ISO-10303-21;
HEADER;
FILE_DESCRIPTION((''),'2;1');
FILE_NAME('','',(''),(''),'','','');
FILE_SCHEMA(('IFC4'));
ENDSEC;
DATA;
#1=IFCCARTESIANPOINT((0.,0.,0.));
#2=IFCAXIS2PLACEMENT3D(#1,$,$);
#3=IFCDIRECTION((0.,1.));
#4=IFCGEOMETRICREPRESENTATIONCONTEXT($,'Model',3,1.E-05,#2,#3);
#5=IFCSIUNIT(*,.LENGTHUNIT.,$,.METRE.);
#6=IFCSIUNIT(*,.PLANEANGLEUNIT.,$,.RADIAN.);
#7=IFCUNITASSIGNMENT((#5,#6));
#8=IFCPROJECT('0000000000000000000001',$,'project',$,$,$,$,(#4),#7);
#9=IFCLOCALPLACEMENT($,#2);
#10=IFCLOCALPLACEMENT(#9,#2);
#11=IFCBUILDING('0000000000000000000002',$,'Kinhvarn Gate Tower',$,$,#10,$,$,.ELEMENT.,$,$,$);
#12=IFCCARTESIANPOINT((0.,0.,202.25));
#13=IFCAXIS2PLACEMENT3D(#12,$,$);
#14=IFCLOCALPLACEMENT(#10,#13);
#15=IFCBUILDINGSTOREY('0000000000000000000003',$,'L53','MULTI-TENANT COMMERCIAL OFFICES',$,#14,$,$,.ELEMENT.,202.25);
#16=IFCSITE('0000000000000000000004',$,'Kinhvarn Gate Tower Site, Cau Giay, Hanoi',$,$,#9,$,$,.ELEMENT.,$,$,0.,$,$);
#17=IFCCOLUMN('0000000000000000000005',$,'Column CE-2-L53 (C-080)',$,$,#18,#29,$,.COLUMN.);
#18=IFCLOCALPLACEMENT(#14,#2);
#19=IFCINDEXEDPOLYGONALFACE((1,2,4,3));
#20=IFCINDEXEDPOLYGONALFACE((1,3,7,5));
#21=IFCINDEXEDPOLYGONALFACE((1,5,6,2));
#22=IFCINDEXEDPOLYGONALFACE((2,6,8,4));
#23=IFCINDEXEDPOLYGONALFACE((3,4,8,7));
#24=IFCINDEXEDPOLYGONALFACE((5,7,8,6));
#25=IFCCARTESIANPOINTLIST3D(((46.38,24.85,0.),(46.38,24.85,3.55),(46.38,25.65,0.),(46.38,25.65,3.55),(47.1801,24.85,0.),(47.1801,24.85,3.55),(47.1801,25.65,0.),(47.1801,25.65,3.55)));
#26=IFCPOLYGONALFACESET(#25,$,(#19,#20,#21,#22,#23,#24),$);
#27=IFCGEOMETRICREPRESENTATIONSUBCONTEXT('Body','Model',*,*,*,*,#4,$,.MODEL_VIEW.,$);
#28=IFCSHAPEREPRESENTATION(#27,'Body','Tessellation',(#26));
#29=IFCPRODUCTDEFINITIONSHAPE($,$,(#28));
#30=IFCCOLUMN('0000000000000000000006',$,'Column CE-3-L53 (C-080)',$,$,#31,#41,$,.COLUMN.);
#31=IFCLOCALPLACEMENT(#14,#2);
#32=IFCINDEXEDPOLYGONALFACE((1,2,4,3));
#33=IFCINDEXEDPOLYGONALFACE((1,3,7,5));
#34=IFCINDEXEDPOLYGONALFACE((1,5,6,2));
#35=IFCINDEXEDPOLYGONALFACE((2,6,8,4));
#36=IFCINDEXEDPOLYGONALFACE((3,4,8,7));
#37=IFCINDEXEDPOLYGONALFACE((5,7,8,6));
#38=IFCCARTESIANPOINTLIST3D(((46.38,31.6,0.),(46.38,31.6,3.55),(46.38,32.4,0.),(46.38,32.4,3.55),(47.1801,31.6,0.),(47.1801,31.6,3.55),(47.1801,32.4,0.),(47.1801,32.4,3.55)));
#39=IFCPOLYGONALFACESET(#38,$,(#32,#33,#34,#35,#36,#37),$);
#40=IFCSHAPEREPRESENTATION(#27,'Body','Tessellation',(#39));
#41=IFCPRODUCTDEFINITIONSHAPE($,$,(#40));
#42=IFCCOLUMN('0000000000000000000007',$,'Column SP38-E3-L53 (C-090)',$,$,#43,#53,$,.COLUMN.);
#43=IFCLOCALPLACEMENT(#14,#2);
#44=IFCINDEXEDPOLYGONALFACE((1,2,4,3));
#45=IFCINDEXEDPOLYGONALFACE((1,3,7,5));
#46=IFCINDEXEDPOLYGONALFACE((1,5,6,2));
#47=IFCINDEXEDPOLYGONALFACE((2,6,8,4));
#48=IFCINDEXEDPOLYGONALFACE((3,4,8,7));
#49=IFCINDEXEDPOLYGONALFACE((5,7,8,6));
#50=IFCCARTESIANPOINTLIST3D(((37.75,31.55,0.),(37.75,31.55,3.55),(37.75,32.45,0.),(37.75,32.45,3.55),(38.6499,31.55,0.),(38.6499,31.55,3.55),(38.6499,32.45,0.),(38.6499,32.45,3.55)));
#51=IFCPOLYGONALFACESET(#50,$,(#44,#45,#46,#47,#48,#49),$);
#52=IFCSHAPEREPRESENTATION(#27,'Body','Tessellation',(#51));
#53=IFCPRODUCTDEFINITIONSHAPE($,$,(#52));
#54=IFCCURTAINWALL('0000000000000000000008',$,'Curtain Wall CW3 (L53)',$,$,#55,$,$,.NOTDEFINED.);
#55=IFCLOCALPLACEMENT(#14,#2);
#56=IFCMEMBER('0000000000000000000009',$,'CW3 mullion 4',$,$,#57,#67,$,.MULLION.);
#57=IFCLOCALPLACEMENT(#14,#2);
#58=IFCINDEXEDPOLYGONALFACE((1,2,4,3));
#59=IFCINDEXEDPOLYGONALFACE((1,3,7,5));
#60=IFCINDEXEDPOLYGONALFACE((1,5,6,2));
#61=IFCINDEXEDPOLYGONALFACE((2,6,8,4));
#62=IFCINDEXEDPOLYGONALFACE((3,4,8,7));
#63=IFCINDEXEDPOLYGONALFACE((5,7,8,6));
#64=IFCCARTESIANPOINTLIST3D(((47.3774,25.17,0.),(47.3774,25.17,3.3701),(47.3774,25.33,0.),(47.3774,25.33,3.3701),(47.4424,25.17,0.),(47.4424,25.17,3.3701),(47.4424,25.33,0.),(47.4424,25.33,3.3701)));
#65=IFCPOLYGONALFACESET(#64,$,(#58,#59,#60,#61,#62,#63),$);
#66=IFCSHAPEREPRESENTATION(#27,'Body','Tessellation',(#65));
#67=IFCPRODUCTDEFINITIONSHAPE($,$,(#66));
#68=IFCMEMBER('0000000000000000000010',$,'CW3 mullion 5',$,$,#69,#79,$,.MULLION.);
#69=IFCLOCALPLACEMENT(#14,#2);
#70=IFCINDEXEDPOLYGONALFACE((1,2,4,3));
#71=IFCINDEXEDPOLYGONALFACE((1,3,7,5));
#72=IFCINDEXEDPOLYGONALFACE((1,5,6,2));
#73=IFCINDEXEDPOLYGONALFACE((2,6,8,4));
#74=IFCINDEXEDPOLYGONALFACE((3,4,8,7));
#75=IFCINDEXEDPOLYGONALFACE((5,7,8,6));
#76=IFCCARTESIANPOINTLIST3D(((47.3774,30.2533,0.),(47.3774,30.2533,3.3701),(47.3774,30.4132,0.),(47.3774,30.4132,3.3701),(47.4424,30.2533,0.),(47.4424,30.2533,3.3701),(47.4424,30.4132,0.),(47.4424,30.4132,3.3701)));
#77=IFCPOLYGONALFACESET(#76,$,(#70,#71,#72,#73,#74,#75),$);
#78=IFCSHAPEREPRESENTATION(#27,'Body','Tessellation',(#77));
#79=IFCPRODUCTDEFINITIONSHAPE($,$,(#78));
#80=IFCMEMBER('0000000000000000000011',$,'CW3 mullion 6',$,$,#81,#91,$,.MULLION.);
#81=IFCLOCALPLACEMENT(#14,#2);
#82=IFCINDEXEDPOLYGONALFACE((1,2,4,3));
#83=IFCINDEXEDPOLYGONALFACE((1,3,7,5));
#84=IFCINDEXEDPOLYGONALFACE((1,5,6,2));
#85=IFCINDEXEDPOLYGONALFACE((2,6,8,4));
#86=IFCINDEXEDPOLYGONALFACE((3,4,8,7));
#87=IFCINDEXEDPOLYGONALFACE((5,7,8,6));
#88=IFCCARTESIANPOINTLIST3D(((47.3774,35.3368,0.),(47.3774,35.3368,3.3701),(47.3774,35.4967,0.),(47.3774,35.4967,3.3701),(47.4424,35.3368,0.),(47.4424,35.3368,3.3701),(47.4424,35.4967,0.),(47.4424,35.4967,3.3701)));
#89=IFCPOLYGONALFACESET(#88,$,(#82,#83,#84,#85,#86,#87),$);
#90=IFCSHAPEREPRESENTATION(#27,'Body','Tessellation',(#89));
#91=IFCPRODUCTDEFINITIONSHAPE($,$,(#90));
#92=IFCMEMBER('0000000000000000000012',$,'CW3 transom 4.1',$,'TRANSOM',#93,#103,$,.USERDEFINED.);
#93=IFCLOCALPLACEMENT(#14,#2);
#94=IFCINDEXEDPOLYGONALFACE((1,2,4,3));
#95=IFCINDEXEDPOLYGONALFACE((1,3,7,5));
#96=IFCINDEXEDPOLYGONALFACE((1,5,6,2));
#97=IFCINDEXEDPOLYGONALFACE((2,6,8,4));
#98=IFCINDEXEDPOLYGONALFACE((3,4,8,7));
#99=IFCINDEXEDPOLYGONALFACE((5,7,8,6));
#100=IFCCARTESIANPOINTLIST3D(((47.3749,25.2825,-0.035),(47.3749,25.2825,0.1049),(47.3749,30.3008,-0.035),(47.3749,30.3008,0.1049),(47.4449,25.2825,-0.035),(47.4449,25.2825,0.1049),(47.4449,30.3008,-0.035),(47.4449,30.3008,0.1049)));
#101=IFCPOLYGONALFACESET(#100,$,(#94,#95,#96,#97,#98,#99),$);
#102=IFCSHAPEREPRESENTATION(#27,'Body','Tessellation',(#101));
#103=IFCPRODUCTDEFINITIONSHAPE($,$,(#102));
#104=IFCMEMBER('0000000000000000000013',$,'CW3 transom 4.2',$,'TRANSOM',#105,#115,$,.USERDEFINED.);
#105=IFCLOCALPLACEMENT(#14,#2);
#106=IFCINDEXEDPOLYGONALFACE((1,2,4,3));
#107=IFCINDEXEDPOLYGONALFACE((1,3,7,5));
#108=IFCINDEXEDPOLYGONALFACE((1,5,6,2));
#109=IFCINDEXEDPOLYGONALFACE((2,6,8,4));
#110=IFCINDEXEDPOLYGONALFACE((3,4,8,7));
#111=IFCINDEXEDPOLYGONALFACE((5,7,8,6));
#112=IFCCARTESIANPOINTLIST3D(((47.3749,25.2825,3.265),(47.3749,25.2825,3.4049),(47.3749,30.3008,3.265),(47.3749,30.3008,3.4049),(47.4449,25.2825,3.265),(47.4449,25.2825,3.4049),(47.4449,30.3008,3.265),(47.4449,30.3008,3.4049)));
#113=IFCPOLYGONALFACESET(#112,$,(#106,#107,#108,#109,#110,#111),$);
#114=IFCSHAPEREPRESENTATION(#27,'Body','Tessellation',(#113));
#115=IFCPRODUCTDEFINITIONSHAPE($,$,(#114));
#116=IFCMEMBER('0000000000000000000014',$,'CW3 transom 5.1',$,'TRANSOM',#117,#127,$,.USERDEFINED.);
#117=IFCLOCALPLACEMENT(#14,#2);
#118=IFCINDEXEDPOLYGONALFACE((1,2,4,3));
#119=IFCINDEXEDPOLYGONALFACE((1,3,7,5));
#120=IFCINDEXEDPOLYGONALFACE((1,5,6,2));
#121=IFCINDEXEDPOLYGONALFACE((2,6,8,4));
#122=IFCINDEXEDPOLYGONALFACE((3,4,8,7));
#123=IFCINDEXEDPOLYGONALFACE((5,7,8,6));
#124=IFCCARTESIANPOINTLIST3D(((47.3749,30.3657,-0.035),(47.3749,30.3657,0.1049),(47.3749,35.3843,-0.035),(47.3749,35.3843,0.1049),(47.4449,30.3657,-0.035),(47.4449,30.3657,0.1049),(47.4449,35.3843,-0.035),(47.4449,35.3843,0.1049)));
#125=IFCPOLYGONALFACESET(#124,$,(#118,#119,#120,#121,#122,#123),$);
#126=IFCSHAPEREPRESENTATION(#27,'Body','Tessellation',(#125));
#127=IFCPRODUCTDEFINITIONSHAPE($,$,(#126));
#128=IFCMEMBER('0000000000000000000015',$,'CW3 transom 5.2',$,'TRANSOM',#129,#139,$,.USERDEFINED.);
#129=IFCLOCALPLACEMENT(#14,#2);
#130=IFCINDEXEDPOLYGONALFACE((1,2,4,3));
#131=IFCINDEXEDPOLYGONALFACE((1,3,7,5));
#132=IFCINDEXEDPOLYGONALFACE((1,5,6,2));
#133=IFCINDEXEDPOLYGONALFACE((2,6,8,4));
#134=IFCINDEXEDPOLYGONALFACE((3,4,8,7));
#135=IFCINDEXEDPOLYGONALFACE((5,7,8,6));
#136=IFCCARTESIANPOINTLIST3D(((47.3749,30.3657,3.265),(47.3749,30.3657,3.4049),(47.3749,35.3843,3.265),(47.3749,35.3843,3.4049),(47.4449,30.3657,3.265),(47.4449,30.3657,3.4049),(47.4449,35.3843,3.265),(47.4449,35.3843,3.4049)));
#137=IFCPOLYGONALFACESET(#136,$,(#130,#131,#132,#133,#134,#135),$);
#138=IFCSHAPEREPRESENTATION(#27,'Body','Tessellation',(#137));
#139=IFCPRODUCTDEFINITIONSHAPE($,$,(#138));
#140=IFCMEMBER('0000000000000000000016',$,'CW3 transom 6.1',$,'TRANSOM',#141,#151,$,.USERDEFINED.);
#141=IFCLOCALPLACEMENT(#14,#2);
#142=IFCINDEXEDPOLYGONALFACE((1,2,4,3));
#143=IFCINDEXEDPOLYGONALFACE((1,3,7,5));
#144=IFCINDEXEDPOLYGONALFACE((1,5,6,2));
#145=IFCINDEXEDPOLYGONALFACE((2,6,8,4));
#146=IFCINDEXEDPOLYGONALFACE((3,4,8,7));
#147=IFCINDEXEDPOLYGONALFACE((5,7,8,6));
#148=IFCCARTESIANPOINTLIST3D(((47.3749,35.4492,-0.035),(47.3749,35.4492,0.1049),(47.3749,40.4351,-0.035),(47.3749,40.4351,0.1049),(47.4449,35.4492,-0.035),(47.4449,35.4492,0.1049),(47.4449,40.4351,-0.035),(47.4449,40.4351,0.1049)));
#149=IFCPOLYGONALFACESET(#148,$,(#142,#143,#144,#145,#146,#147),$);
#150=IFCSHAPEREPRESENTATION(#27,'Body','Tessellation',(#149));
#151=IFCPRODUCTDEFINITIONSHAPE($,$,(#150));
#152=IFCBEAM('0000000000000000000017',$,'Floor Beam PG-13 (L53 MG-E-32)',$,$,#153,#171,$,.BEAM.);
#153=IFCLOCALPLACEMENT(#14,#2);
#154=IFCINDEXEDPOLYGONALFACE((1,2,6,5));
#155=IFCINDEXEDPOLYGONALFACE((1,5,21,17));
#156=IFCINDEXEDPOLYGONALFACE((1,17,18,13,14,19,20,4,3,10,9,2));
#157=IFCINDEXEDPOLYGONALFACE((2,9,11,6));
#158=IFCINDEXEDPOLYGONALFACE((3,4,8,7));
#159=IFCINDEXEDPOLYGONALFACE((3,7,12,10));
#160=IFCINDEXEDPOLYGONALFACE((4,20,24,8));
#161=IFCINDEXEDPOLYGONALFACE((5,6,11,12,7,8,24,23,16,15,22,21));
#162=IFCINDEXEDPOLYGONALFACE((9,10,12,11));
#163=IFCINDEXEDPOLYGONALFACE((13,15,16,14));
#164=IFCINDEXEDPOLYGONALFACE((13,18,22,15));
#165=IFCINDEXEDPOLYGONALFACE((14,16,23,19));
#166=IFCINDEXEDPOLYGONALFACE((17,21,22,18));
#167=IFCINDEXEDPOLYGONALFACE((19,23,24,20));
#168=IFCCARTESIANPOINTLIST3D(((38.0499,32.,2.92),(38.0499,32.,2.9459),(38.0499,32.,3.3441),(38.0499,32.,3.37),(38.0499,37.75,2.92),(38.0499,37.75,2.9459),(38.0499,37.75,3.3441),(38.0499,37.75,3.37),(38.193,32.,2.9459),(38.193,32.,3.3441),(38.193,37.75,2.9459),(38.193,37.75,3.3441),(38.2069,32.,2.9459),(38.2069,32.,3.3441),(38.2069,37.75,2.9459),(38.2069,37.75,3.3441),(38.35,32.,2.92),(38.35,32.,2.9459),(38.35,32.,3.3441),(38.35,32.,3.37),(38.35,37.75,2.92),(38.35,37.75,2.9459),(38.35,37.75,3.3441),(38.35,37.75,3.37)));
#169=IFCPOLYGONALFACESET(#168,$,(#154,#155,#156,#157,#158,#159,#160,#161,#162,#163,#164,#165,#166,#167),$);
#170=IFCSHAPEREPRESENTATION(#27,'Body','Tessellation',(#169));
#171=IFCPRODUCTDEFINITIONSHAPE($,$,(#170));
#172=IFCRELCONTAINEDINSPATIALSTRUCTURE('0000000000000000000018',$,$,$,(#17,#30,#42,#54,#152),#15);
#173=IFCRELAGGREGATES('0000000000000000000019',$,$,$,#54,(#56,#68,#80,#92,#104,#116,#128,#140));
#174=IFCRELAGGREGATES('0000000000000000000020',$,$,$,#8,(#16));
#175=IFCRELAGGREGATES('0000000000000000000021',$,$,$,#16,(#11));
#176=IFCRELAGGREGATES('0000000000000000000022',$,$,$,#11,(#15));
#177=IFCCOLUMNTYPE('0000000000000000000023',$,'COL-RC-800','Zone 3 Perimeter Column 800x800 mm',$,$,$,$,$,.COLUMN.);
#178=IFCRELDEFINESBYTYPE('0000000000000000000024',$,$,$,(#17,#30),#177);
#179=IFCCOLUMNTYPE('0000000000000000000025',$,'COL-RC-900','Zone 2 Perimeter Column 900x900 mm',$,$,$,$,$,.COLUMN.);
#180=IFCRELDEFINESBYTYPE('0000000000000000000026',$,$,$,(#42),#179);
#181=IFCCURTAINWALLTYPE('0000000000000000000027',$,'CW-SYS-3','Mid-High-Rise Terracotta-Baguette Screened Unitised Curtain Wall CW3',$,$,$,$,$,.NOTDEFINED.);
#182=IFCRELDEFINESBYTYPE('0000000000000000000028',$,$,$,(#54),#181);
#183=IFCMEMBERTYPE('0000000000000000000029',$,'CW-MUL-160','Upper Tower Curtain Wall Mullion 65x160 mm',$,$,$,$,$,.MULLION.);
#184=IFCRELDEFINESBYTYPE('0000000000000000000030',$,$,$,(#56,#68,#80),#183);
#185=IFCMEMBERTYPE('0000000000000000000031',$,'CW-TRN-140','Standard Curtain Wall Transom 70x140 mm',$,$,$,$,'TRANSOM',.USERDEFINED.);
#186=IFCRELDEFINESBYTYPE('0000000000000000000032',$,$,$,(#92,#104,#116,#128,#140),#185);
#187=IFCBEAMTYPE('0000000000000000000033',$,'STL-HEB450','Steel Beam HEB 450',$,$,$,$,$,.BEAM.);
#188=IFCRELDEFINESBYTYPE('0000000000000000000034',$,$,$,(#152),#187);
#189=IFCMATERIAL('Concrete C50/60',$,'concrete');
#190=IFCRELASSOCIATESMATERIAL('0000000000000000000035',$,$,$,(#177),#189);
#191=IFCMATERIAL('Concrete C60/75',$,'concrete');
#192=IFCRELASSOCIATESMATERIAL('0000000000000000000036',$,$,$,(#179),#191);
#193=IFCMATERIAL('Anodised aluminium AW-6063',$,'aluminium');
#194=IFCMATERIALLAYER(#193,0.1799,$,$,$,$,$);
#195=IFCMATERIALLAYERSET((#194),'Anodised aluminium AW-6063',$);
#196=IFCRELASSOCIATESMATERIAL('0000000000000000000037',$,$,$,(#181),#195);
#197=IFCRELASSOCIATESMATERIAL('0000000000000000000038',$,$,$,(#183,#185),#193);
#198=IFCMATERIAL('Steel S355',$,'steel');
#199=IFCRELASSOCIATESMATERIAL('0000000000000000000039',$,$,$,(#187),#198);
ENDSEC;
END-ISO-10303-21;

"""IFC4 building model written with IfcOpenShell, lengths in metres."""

from ifc_helpers import new_model, si_unit, direction, frame, origin, origin_2d, place, context, subcontext, project, spatial, rectangle, i_section, extrude, material, layer, layer_set, material_profile, profile_set, type_object, element, aggregate, save


model = new_model("IFC4")

# Units and contexts
model_context = context("Model", 3, precision=1e-05, world=origin(), true_north=direction((0.0, 1.0)))
body_context = subcontext(model_context, "Body", "Model", "MODEL_VIEW")
ifc_project = project(units=[si_unit("LENGTHUNIT", "METRE"), si_unit("PLANEANGLEUNIT", "RADIAN")], contexts=[model_context])

# Site, building, storey
site_placement = place(None, origin())
site = spatial("IfcSite", under=ifc_project, at=site_placement, Name="Kinhvarn Gate Tower Site, Cau Giay, Hanoi", CompositionType="ELEMENT", RefElevation=0.0)
building_placement = place(site_placement, origin())
building = spatial("IfcBuilding", under=site, at=building_placement, Name="Kinhvarn Gate Tower", CompositionType="ELEMENT")
storey_placement = place(building_placement, frame((0.0, 0.0, 202.25)))
storey = spatial("IfcBuildingStorey", under=building, at=storey_placement, Name="L53", Description="MULTI-TENANT COMMERCIAL OFFICES", CompositionType="ELEMENT", Elevation=202.25)

# Columns
ifc_material_1 = material(Name="Concrete C50/60", Category="concrete")
ifc_material_profile_1 = material_profile(ifc_material_1, rectangle(XDim=0.8, YDim=0.8, at=origin_2d()), Name="RC 800x800")
ifc_profile_set_1 = profile_set([ifc_material_profile_1], Name="Concrete C50/60")
column_type_1 = type_object("IfcColumnType", Name="COL-RC-800", Description="Zone 3 Perimeter Column 800x800 mm", PredefinedType="COLUMN", material=ifc_profile_set_1)
for number, where, z_axis, x_axis, name in (
    (1, (46.78, 25.25, 0.0), (0.0, 0.0, 1.0), (1.0, 0.0, 0.0), "Column CE-2-L53 (C-080)"),
    (2, (46.78, 32.0, 0.0), (0.0, 0.0, 1.0), (1.0, 0.0, 0.0), "Column CE-3-L53 (C-080)"),
):
    element("IfcColumn", number, at=place(storey_placement, frame(where, z_axis=z_axis, x_axis=x_axis)), inside=storey, type_object=column_type_1, Name=name, PredefinedType="COLUMN", context=body_context, shape_type="SweptSolid", body=[
        extrude(rectangle(XDim=0.8, YDim=0.8, at=origin_2d()), origin(), (0.0, 0.0, 1.0), 3.55),
    ])
ifc_material_2 = material(Name="Concrete C60/75", Category="concrete")
ifc_material_profile_2 = material_profile(ifc_material_2, rectangle(XDim=0.8999, YDim=0.8999, at=origin_2d()), Name="RC 900x900")
ifc_profile_set_2 = profile_set([ifc_material_profile_2], Name="Concrete C60/75")
column_type_2 = type_object("IfcColumnType", Name="COL-RC-900", Description="Zone 2 Perimeter Column 900x900 mm", PredefinedType="COLUMN", material=ifc_profile_set_2)
column_placement = place(storey_placement, frame((38.2, 32.0, 0.0), z_axis=(0.0, 0.0, 1.0), x_axis=(1.0, 0.0, 0.0)))
element("IfcColumn", 3, at=column_placement, inside=storey, type_object=column_type_2, Name="Column SP38-E3-L53 (C-090)", PredefinedType="COLUMN", context=body_context, shape_type="SweptSolid", body=[
    extrude(rectangle(XDim=0.8999, YDim=0.8999, at=origin_2d()), origin(), (0.0, 0.0, 1.0), 3.55),
])

# Curtain wall, members
ifc_material_3 = material(Name="Anodised aluminium AW-6063", Category="aluminium")
ifc_layer_1 = layer(ifc_material_3, 0.1799)
ifc_layer_set_1 = layer_set([ifc_layer_1], Name="Anodised aluminium AW-6063")
curtain_wall_type = type_object("IfcCurtainWallType", Name="CW-SYS-3", Description="Mid-High-Rise Terracotta-Baguette Screened Unitised Curtain Wall CW3", PredefinedType="NOTDEFINED", material=ifc_layer_set_1)
curtain_wall_placement = place(storey_placement, origin())
curtain_wall = element("IfcCurtainWall", 4, at=curtain_wall_placement, inside=storey, type_object=curtain_wall_type, Name="Curtain Wall CW3 (L53)", PredefinedType="NOTDEFINED")
ifc_material_profile_3 = material_profile(ifc_material_3, rectangle(XDim=0.0649, YDim=0.1599, at=origin_2d()), Name="ALU 65x160")
ifc_profile_set_3 = profile_set([ifc_material_profile_3], Name="Anodised aluminium AW-6063")
member_type_1 = type_object("IfcMemberType", Name="CW-MUL-160", Description="Upper Tower Curtain Wall Mullion 65x160 mm", PredefinedType="MULLION", material=ifc_profile_set_3)
member_1_placement = place(storey_placement, frame((47.4099, 25.25, 0.0), z_axis=(0.0, 0.0, 1.0), x_axis=(-1.0, 0.0, 0.0)))
member_1 = element("IfcMember", 5, at=member_1_placement, type_object=member_type_1, Name="CW3 mullion 4", PredefinedType="MULLION", context=body_context, shape_type="SweptSolid", body=[
    extrude(rectangle(XDim=0.0649, YDim=0.1599, at=origin_2d()), origin(), (0.0, 0.0, 1.0), 3.3701),
])
member_2_placement = place(storey_placement, frame((47.4099, 30.3333, 0.0), z_axis=(0.0, 0.0, 1.0), x_axis=(-1.0, 0.0, 0.0)))
member_2 = element("IfcMember", 6, at=member_2_placement, type_object=member_type_1, Name="CW3 mullion 5", PredefinedType="MULLION", context=body_context, shape_type="SweptSolid", body=[
    extrude(rectangle(XDim=0.0649, YDim=0.1599, at=origin_2d()), origin(), (0.0, 0.0, 1.0), 3.3701),
])
member_3_placement = place(storey_placement, frame((47.4099, 35.4167, 0.0), z_axis=(0.0, 0.0, 1.0), x_axis=(-1.0, 0.0, 0.0)))
member_3 = element("IfcMember", 7, at=member_3_placement, type_object=member_type_1, Name="CW3 mullion 6", PredefinedType="MULLION", context=body_context, shape_type="SweptSolid", body=[
    extrude(rectangle(XDim=0.0649, YDim=0.1599, at=origin_2d()), origin(), (0.0, 0.0, 1.0), 3.3701),
])
ifc_material_profile_4 = material_profile(ifc_material_3, rectangle(XDim=0.0701, YDim=0.1399, at=origin_2d()), Name="ALU 70x140")
ifc_profile_set_4 = profile_set([ifc_material_profile_4], Name="Anodised aluminium AW-6063")
member_type_2 = type_object("IfcMemberType", Name="CW-TRN-140", Description="Standard Curtain Wall Transom 70x140 mm", ElementType="TRANSOM", PredefinedType="USERDEFINED", material=ifc_profile_set_4)
member_4_placement = place(storey_placement, frame((47.4099, 25.2825, 0.0349), z_axis=(0.0, 1.0, 0.0), x_axis=(-1.0, 0.0, 0.0)))
member_4 = element("IfcMember", 8, at=member_4_placement, type_object=member_type_2, Name="CW3 transom 4.1", ObjectType="TRANSOM", PredefinedType="USERDEFINED", context=body_context, shape_type="SweptSolid", body=[
    extrude(rectangle(XDim=0.0701, YDim=0.1399, at=origin_2d()), origin(), (0.0, 0.0, 1.0), 5.0183),
])
member_5_placement = place(storey_placement, frame((47.4099, 25.2825, 3.335), z_axis=(0.0, 1.0, 0.0), x_axis=(-1.0, 0.0, 0.0)))
member_5 = element("IfcMember", 9, at=member_5_placement, type_object=member_type_2, Name="CW3 transom 4.2", ObjectType="TRANSOM", PredefinedType="USERDEFINED", context=body_context, shape_type="SweptSolid", body=[
    extrude(rectangle(XDim=0.0701, YDim=0.1399, at=origin_2d()), origin(), (0.0, 0.0, 1.0), 5.0183),
])
member_6_placement = place(storey_placement, frame((47.4099, 30.3657, 0.0349), z_axis=(0.0, 1.0, 0.0), x_axis=(-1.0, 0.0, 0.0)))
member_6 = element("IfcMember", 10, at=member_6_placement, type_object=member_type_2, Name="CW3 transom 5.1", ObjectType="TRANSOM", PredefinedType="USERDEFINED", context=body_context, shape_type="SweptSolid", body=[
    extrude(rectangle(XDim=0.0701, YDim=0.1399, at=origin_2d()), origin(), (0.0, 0.0, 1.0), 5.0186),
])
member_7_placement = place(storey_placement, frame((47.4099, 30.3657, 3.335), z_axis=(0.0, 1.0, 0.0), x_axis=(-1.0, 0.0, 0.0)))
member_7 = element("IfcMember", 11, at=member_7_placement, type_object=member_type_2, Name="CW3 transom 5.2", ObjectType="TRANSOM", PredefinedType="USERDEFINED", context=body_context, shape_type="SweptSolid", body=[
    extrude(rectangle(XDim=0.0701, YDim=0.1399, at=origin_2d()), origin(), (0.0, 0.0, 1.0), 5.0186),
])
member_8_placement = place(storey_placement, frame((47.4099, 35.4492, 0.0349), z_axis=(0.0, 1.0, 0.0), x_axis=(-1.0, 0.0, 0.0)))
member_8 = element("IfcMember", 12, at=member_8_placement, type_object=member_type_2, Name="CW3 transom 6.1", ObjectType="TRANSOM", PredefinedType="USERDEFINED", context=body_context, shape_type="SweptSolid", body=[
    extrude(rectangle(XDim=0.0701, YDim=0.1399, at=origin_2d()), origin(), (0.0, 0.0, 1.0), 4.9858),
])

# Beam
ifc_material_4 = material(Name="Steel S355", Category="steel")
ifc_material_profile_5 = material_profile(ifc_material_4, i_section(OverallWidth=0.3, OverallDepth=0.45, WebThickness=0.0139, FlangeThickness=0.0259, at=origin_2d()), Name="HEB 450")
ifc_profile_set_5 = profile_set([ifc_material_profile_5], Name="Steel S355")
beam_type_1 = type_object("IfcBeamType", Name="STL-HEB450", Description="Steel Beam HEB 450", PredefinedType="BEAM", material=ifc_profile_set_5)
beam_1_placement = place(storey_placement, frame((38.2, 32.0, 3.145), z_axis=(0.0, 1.0, 0.0), x_axis=(-1.0, 0.0, 0.0)))
element("IfcBeam", 13, at=beam_1_placement, inside=storey, type_object=beam_type_1, Name="Floor Beam PG-13 (L53 MG-E-32)", PredefinedType="BEAM", context=body_context, shape_type="SweptSolid", body=[
    extrude(i_section(OverallWidth=0.3, OverallDepth=0.45, WebThickness=0.0139, FlangeThickness=0.0259, at=origin_2d()), origin(), (0.0, 0.0, 1.0), 5.75),
])

aggregate(curtain_wall, [member_1, member_2, member_3, member_4, member_5, member_6, member_7, member_8])

save(model, "model.ifc")
